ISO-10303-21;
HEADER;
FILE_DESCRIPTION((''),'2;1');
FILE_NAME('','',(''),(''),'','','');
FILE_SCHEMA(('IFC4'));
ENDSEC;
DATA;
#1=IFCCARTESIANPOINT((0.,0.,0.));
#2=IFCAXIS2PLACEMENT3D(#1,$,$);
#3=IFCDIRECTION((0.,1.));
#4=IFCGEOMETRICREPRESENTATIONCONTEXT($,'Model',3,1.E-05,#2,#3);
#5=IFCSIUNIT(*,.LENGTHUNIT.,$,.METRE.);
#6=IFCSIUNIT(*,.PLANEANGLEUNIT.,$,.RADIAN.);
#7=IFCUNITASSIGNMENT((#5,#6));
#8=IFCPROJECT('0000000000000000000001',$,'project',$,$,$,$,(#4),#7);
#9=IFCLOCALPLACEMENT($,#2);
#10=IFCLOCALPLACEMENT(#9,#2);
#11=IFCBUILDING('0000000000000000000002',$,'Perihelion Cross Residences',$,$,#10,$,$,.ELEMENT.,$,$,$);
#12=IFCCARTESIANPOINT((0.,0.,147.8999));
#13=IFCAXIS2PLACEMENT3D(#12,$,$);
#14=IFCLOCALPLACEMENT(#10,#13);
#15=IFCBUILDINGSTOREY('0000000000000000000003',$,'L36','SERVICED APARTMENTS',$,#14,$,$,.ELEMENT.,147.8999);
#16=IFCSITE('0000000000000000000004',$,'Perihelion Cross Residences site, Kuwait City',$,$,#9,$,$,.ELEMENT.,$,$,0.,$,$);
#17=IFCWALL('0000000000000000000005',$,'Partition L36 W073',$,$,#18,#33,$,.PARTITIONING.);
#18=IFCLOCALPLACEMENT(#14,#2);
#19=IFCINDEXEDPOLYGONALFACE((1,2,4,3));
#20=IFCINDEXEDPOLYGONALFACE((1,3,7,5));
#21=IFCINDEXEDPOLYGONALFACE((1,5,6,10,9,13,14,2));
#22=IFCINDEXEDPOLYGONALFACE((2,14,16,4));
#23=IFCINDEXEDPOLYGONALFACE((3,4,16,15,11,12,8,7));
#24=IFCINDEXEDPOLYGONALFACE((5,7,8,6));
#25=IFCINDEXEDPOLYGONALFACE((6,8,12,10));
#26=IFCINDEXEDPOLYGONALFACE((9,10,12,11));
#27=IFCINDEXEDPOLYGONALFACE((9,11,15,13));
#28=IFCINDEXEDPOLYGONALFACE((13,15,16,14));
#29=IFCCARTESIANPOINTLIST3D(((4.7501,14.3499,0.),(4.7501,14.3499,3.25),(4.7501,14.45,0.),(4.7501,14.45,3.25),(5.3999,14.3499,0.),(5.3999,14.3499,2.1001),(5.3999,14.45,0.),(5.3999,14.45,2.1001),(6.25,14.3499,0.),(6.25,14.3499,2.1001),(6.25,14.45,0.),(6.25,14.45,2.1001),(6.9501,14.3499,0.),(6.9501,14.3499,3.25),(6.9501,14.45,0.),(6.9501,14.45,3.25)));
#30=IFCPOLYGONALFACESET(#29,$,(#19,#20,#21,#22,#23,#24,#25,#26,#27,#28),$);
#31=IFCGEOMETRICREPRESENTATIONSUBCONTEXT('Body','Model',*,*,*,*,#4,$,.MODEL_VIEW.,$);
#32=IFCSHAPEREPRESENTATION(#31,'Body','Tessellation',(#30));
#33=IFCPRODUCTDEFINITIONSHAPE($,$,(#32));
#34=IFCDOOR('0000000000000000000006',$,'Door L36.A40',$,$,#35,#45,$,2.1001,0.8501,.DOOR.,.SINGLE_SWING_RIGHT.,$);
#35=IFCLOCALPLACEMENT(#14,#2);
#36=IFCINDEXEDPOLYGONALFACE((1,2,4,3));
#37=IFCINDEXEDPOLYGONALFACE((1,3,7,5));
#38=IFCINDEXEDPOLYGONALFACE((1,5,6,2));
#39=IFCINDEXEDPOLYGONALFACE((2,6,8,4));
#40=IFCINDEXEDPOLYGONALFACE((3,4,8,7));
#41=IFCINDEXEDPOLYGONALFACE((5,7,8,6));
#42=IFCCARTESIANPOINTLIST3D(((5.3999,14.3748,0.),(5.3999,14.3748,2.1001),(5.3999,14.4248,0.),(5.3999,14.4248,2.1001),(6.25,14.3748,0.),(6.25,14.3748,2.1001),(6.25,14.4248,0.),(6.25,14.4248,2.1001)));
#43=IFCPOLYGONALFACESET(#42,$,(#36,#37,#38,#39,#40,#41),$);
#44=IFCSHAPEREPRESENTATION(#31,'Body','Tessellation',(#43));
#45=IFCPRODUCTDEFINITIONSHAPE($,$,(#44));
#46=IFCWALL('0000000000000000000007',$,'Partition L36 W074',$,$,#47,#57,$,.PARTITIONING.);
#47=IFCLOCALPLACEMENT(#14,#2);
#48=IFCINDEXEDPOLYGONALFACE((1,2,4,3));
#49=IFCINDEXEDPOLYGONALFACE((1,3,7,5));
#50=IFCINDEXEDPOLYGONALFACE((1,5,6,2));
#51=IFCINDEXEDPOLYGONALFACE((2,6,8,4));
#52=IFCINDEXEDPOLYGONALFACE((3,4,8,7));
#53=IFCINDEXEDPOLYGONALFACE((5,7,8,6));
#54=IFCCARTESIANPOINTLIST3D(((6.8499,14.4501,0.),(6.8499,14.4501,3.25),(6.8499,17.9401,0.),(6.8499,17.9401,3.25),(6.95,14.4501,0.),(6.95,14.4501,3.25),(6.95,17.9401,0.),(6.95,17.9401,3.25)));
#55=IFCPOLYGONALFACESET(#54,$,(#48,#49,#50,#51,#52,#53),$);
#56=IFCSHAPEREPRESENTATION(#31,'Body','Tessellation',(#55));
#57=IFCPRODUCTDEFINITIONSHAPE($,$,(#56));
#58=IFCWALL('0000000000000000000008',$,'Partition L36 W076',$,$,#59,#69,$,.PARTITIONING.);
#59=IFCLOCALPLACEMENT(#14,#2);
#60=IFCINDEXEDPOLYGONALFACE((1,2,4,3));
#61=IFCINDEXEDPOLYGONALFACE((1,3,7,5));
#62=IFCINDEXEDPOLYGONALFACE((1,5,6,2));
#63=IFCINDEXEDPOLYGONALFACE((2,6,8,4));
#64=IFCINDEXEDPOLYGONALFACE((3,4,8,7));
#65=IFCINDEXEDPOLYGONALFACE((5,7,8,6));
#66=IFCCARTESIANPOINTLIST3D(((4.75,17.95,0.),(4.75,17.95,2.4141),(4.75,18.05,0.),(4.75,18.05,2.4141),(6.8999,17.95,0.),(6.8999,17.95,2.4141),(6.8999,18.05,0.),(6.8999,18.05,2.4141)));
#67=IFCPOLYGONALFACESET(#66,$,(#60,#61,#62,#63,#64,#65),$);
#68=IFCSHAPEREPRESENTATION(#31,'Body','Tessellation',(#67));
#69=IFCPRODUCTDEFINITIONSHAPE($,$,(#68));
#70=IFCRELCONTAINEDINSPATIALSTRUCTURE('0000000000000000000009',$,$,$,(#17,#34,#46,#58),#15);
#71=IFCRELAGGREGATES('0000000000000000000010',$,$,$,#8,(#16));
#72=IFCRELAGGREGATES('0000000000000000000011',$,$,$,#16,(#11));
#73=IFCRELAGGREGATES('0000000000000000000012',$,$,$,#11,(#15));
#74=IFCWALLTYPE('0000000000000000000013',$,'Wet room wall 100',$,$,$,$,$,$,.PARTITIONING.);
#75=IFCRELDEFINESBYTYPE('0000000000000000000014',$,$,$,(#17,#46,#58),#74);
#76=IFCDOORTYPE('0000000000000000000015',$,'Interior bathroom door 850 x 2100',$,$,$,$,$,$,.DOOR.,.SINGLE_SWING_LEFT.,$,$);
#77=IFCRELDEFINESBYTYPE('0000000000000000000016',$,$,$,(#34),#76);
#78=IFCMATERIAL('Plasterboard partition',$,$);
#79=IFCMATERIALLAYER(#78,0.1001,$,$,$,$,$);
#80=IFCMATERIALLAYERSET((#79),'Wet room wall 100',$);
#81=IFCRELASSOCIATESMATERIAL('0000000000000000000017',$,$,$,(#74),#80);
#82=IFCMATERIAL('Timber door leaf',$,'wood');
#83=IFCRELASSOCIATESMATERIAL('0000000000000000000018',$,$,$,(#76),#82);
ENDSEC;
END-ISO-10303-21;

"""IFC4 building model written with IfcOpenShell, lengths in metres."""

from ifc_helpers import new_model, si_unit, direction, frame, frame_2d, origin, place, context, subcontext, project, spatial, rectangle, extrude, material, layer, layer_set, type_object, element, fill, save


model = new_model("IFC4")

# Units and contexts
model_context = context("Model", 3, precision=1e-05, world=origin(), true_north=direction((0.0, 1.0)))
body_context = subcontext(model_context, "Body", "Model", "MODEL_VIEW")
ifc_project = project(units=[si_unit("LENGTHUNIT", "METRE"), si_unit("PLANEANGLEUNIT", "RADIAN")], contexts=[model_context])

# Site, building, storey
site_placement = place(None, origin())
site = spatial("IfcSite", under=ifc_project, at=site_placement, Name="Perihelion Cross Residences site, Kuwait City", CompositionType="ELEMENT", RefElevation=0.0)
building_placement = place(site_placement, origin())
building = spatial("IfcBuilding", under=site, at=building_placement, Name="Perihelion Cross Residences", CompositionType="ELEMENT")
storey_placement = place(building_placement, frame((0.0, 0.0, 147.8999)))
storey = spatial("IfcBuildingStorey", under=building, at=storey_placement, Name="L36", Description="SERVICED APARTMENTS", CompositionType="ELEMENT", Elevation=147.8999)

# Wall, opening, door
ifc_material_1 = material(Name="Plasterboard partition")
ifc_layer_1 = layer(ifc_material_1, 0.1001)
ifc_layer_set_1 = layer_set([ifc_layer_1], Name="Wet room wall 100")
wall_type_1 = type_object("IfcWallType", Name="Wet room wall 100", PredefinedType="PARTITIONING", material=ifc_layer_set_1)
wall_1_placement = place(storey_placement, frame((4.75, 14.3999, 0.0), z_axis=(0.0, 0.0, 1.0), x_axis=(1.0, 0.0, 0.0)))
wall_1 = element("IfcWall", 1, at=wall_1_placement, inside=storey, type_object=wall_type_1, Name="Partition L36 W073", PredefinedType="PARTITIONING", context=body_context, shape_type="SweptSolid", body=[
    extrude(rectangle(XDim=2.2, YDim=0.1001, at=frame_2d((1.1001, 0.0))), origin(), (0.0, 0.0, 1.0), 3.25),
])
opening_1_placement = place(wall_1_placement, frame((0.6499, 0.0, 0.0)))
opening_1 = element("IfcOpeningElement", 2, at=opening_1_placement, cuts=wall_1, PredefinedType="OPENING", context=body_context, shape_type="SweptSolid", body=[
    extrude(rectangle(XDim=0.8501, YDim=2.1001, at=frame_2d((0.425, 1.05))), frame((0.0, 0.0601, 0.0), z_axis=(0.0, -1.0, 0.0), x_axis=(1.0, 0.0, 0.0)), (0.0, 0.0, 1.0), 0.1201),
])
ifc_material_2 = material(Name="Timber door leaf", Category="wood")
door_type_1 = type_object("IfcDoorType", Name="Interior bathroom door 850 x 2100", OperationType="SINGLE_SWING_LEFT", PredefinedType="DOOR", material=ifc_material_2)
door_1_placement = place(opening_1_placement, origin())
door_1 = element("IfcDoor", 3, at=door_1_placement, inside=storey, type_object=door_type_1, Name="Door L36.A40", OperationType="SINGLE_SWING_RIGHT", OverallHeight=2.1001, OverallWidth=0.8501, PredefinedType="DOOR", context=body_context, shape_type="SweptSolid", body=[
    extrude(rectangle(XDim=0.8501, YDim=2.1001, at=frame_2d((0.425, 1.05))), frame((0.0, 0.0249, 0.0), z_axis=(0.0, -1.0, 0.0), x_axis=(1.0, 0.0, 0.0)), (0.0, 0.0, 1.0), 0.05),
])
fill(opening_1, door_1)

# Walls
wall_2_placement = place(storey_placement, frame((6.8999, 14.45, 0.0), z_axis=(0.0, 0.0, 1.0), x_axis=(0.0, 1.0, 0.0)))
element("IfcWall", 4, at=wall_2_placement, inside=storey, type_object=wall_type_1, Name="Partition L36 W074", PredefinedType="PARTITIONING", context=body_context, shape_type="SweptSolid", body=[
    extrude(rectangle(XDim=3.49, YDim=0.1001, at=frame_2d((1.7451, 0.0))), origin(), (0.0, 0.0, 1.0), 3.25),
])
wall_3_placement = place(storey_placement, frame((4.75, 18.0, 0.0), z_axis=(0.0, 0.0, 1.0), x_axis=(1.0, 0.0, 0.0)))
element("IfcWall", 5, at=wall_3_placement, inside=storey, type_object=wall_type_1, Name="Partition L36 W076", PredefinedType="PARTITIONING", context=body_context, shape_type="SweptSolid", body=[
    extrude(rectangle(XDim=2.1499, YDim=0.1001, at=frame_2d((1.075, 0.0))), origin(), (0.0, 0.0, 1.0), 2.4141),
])

save(model, "model.ifc")
